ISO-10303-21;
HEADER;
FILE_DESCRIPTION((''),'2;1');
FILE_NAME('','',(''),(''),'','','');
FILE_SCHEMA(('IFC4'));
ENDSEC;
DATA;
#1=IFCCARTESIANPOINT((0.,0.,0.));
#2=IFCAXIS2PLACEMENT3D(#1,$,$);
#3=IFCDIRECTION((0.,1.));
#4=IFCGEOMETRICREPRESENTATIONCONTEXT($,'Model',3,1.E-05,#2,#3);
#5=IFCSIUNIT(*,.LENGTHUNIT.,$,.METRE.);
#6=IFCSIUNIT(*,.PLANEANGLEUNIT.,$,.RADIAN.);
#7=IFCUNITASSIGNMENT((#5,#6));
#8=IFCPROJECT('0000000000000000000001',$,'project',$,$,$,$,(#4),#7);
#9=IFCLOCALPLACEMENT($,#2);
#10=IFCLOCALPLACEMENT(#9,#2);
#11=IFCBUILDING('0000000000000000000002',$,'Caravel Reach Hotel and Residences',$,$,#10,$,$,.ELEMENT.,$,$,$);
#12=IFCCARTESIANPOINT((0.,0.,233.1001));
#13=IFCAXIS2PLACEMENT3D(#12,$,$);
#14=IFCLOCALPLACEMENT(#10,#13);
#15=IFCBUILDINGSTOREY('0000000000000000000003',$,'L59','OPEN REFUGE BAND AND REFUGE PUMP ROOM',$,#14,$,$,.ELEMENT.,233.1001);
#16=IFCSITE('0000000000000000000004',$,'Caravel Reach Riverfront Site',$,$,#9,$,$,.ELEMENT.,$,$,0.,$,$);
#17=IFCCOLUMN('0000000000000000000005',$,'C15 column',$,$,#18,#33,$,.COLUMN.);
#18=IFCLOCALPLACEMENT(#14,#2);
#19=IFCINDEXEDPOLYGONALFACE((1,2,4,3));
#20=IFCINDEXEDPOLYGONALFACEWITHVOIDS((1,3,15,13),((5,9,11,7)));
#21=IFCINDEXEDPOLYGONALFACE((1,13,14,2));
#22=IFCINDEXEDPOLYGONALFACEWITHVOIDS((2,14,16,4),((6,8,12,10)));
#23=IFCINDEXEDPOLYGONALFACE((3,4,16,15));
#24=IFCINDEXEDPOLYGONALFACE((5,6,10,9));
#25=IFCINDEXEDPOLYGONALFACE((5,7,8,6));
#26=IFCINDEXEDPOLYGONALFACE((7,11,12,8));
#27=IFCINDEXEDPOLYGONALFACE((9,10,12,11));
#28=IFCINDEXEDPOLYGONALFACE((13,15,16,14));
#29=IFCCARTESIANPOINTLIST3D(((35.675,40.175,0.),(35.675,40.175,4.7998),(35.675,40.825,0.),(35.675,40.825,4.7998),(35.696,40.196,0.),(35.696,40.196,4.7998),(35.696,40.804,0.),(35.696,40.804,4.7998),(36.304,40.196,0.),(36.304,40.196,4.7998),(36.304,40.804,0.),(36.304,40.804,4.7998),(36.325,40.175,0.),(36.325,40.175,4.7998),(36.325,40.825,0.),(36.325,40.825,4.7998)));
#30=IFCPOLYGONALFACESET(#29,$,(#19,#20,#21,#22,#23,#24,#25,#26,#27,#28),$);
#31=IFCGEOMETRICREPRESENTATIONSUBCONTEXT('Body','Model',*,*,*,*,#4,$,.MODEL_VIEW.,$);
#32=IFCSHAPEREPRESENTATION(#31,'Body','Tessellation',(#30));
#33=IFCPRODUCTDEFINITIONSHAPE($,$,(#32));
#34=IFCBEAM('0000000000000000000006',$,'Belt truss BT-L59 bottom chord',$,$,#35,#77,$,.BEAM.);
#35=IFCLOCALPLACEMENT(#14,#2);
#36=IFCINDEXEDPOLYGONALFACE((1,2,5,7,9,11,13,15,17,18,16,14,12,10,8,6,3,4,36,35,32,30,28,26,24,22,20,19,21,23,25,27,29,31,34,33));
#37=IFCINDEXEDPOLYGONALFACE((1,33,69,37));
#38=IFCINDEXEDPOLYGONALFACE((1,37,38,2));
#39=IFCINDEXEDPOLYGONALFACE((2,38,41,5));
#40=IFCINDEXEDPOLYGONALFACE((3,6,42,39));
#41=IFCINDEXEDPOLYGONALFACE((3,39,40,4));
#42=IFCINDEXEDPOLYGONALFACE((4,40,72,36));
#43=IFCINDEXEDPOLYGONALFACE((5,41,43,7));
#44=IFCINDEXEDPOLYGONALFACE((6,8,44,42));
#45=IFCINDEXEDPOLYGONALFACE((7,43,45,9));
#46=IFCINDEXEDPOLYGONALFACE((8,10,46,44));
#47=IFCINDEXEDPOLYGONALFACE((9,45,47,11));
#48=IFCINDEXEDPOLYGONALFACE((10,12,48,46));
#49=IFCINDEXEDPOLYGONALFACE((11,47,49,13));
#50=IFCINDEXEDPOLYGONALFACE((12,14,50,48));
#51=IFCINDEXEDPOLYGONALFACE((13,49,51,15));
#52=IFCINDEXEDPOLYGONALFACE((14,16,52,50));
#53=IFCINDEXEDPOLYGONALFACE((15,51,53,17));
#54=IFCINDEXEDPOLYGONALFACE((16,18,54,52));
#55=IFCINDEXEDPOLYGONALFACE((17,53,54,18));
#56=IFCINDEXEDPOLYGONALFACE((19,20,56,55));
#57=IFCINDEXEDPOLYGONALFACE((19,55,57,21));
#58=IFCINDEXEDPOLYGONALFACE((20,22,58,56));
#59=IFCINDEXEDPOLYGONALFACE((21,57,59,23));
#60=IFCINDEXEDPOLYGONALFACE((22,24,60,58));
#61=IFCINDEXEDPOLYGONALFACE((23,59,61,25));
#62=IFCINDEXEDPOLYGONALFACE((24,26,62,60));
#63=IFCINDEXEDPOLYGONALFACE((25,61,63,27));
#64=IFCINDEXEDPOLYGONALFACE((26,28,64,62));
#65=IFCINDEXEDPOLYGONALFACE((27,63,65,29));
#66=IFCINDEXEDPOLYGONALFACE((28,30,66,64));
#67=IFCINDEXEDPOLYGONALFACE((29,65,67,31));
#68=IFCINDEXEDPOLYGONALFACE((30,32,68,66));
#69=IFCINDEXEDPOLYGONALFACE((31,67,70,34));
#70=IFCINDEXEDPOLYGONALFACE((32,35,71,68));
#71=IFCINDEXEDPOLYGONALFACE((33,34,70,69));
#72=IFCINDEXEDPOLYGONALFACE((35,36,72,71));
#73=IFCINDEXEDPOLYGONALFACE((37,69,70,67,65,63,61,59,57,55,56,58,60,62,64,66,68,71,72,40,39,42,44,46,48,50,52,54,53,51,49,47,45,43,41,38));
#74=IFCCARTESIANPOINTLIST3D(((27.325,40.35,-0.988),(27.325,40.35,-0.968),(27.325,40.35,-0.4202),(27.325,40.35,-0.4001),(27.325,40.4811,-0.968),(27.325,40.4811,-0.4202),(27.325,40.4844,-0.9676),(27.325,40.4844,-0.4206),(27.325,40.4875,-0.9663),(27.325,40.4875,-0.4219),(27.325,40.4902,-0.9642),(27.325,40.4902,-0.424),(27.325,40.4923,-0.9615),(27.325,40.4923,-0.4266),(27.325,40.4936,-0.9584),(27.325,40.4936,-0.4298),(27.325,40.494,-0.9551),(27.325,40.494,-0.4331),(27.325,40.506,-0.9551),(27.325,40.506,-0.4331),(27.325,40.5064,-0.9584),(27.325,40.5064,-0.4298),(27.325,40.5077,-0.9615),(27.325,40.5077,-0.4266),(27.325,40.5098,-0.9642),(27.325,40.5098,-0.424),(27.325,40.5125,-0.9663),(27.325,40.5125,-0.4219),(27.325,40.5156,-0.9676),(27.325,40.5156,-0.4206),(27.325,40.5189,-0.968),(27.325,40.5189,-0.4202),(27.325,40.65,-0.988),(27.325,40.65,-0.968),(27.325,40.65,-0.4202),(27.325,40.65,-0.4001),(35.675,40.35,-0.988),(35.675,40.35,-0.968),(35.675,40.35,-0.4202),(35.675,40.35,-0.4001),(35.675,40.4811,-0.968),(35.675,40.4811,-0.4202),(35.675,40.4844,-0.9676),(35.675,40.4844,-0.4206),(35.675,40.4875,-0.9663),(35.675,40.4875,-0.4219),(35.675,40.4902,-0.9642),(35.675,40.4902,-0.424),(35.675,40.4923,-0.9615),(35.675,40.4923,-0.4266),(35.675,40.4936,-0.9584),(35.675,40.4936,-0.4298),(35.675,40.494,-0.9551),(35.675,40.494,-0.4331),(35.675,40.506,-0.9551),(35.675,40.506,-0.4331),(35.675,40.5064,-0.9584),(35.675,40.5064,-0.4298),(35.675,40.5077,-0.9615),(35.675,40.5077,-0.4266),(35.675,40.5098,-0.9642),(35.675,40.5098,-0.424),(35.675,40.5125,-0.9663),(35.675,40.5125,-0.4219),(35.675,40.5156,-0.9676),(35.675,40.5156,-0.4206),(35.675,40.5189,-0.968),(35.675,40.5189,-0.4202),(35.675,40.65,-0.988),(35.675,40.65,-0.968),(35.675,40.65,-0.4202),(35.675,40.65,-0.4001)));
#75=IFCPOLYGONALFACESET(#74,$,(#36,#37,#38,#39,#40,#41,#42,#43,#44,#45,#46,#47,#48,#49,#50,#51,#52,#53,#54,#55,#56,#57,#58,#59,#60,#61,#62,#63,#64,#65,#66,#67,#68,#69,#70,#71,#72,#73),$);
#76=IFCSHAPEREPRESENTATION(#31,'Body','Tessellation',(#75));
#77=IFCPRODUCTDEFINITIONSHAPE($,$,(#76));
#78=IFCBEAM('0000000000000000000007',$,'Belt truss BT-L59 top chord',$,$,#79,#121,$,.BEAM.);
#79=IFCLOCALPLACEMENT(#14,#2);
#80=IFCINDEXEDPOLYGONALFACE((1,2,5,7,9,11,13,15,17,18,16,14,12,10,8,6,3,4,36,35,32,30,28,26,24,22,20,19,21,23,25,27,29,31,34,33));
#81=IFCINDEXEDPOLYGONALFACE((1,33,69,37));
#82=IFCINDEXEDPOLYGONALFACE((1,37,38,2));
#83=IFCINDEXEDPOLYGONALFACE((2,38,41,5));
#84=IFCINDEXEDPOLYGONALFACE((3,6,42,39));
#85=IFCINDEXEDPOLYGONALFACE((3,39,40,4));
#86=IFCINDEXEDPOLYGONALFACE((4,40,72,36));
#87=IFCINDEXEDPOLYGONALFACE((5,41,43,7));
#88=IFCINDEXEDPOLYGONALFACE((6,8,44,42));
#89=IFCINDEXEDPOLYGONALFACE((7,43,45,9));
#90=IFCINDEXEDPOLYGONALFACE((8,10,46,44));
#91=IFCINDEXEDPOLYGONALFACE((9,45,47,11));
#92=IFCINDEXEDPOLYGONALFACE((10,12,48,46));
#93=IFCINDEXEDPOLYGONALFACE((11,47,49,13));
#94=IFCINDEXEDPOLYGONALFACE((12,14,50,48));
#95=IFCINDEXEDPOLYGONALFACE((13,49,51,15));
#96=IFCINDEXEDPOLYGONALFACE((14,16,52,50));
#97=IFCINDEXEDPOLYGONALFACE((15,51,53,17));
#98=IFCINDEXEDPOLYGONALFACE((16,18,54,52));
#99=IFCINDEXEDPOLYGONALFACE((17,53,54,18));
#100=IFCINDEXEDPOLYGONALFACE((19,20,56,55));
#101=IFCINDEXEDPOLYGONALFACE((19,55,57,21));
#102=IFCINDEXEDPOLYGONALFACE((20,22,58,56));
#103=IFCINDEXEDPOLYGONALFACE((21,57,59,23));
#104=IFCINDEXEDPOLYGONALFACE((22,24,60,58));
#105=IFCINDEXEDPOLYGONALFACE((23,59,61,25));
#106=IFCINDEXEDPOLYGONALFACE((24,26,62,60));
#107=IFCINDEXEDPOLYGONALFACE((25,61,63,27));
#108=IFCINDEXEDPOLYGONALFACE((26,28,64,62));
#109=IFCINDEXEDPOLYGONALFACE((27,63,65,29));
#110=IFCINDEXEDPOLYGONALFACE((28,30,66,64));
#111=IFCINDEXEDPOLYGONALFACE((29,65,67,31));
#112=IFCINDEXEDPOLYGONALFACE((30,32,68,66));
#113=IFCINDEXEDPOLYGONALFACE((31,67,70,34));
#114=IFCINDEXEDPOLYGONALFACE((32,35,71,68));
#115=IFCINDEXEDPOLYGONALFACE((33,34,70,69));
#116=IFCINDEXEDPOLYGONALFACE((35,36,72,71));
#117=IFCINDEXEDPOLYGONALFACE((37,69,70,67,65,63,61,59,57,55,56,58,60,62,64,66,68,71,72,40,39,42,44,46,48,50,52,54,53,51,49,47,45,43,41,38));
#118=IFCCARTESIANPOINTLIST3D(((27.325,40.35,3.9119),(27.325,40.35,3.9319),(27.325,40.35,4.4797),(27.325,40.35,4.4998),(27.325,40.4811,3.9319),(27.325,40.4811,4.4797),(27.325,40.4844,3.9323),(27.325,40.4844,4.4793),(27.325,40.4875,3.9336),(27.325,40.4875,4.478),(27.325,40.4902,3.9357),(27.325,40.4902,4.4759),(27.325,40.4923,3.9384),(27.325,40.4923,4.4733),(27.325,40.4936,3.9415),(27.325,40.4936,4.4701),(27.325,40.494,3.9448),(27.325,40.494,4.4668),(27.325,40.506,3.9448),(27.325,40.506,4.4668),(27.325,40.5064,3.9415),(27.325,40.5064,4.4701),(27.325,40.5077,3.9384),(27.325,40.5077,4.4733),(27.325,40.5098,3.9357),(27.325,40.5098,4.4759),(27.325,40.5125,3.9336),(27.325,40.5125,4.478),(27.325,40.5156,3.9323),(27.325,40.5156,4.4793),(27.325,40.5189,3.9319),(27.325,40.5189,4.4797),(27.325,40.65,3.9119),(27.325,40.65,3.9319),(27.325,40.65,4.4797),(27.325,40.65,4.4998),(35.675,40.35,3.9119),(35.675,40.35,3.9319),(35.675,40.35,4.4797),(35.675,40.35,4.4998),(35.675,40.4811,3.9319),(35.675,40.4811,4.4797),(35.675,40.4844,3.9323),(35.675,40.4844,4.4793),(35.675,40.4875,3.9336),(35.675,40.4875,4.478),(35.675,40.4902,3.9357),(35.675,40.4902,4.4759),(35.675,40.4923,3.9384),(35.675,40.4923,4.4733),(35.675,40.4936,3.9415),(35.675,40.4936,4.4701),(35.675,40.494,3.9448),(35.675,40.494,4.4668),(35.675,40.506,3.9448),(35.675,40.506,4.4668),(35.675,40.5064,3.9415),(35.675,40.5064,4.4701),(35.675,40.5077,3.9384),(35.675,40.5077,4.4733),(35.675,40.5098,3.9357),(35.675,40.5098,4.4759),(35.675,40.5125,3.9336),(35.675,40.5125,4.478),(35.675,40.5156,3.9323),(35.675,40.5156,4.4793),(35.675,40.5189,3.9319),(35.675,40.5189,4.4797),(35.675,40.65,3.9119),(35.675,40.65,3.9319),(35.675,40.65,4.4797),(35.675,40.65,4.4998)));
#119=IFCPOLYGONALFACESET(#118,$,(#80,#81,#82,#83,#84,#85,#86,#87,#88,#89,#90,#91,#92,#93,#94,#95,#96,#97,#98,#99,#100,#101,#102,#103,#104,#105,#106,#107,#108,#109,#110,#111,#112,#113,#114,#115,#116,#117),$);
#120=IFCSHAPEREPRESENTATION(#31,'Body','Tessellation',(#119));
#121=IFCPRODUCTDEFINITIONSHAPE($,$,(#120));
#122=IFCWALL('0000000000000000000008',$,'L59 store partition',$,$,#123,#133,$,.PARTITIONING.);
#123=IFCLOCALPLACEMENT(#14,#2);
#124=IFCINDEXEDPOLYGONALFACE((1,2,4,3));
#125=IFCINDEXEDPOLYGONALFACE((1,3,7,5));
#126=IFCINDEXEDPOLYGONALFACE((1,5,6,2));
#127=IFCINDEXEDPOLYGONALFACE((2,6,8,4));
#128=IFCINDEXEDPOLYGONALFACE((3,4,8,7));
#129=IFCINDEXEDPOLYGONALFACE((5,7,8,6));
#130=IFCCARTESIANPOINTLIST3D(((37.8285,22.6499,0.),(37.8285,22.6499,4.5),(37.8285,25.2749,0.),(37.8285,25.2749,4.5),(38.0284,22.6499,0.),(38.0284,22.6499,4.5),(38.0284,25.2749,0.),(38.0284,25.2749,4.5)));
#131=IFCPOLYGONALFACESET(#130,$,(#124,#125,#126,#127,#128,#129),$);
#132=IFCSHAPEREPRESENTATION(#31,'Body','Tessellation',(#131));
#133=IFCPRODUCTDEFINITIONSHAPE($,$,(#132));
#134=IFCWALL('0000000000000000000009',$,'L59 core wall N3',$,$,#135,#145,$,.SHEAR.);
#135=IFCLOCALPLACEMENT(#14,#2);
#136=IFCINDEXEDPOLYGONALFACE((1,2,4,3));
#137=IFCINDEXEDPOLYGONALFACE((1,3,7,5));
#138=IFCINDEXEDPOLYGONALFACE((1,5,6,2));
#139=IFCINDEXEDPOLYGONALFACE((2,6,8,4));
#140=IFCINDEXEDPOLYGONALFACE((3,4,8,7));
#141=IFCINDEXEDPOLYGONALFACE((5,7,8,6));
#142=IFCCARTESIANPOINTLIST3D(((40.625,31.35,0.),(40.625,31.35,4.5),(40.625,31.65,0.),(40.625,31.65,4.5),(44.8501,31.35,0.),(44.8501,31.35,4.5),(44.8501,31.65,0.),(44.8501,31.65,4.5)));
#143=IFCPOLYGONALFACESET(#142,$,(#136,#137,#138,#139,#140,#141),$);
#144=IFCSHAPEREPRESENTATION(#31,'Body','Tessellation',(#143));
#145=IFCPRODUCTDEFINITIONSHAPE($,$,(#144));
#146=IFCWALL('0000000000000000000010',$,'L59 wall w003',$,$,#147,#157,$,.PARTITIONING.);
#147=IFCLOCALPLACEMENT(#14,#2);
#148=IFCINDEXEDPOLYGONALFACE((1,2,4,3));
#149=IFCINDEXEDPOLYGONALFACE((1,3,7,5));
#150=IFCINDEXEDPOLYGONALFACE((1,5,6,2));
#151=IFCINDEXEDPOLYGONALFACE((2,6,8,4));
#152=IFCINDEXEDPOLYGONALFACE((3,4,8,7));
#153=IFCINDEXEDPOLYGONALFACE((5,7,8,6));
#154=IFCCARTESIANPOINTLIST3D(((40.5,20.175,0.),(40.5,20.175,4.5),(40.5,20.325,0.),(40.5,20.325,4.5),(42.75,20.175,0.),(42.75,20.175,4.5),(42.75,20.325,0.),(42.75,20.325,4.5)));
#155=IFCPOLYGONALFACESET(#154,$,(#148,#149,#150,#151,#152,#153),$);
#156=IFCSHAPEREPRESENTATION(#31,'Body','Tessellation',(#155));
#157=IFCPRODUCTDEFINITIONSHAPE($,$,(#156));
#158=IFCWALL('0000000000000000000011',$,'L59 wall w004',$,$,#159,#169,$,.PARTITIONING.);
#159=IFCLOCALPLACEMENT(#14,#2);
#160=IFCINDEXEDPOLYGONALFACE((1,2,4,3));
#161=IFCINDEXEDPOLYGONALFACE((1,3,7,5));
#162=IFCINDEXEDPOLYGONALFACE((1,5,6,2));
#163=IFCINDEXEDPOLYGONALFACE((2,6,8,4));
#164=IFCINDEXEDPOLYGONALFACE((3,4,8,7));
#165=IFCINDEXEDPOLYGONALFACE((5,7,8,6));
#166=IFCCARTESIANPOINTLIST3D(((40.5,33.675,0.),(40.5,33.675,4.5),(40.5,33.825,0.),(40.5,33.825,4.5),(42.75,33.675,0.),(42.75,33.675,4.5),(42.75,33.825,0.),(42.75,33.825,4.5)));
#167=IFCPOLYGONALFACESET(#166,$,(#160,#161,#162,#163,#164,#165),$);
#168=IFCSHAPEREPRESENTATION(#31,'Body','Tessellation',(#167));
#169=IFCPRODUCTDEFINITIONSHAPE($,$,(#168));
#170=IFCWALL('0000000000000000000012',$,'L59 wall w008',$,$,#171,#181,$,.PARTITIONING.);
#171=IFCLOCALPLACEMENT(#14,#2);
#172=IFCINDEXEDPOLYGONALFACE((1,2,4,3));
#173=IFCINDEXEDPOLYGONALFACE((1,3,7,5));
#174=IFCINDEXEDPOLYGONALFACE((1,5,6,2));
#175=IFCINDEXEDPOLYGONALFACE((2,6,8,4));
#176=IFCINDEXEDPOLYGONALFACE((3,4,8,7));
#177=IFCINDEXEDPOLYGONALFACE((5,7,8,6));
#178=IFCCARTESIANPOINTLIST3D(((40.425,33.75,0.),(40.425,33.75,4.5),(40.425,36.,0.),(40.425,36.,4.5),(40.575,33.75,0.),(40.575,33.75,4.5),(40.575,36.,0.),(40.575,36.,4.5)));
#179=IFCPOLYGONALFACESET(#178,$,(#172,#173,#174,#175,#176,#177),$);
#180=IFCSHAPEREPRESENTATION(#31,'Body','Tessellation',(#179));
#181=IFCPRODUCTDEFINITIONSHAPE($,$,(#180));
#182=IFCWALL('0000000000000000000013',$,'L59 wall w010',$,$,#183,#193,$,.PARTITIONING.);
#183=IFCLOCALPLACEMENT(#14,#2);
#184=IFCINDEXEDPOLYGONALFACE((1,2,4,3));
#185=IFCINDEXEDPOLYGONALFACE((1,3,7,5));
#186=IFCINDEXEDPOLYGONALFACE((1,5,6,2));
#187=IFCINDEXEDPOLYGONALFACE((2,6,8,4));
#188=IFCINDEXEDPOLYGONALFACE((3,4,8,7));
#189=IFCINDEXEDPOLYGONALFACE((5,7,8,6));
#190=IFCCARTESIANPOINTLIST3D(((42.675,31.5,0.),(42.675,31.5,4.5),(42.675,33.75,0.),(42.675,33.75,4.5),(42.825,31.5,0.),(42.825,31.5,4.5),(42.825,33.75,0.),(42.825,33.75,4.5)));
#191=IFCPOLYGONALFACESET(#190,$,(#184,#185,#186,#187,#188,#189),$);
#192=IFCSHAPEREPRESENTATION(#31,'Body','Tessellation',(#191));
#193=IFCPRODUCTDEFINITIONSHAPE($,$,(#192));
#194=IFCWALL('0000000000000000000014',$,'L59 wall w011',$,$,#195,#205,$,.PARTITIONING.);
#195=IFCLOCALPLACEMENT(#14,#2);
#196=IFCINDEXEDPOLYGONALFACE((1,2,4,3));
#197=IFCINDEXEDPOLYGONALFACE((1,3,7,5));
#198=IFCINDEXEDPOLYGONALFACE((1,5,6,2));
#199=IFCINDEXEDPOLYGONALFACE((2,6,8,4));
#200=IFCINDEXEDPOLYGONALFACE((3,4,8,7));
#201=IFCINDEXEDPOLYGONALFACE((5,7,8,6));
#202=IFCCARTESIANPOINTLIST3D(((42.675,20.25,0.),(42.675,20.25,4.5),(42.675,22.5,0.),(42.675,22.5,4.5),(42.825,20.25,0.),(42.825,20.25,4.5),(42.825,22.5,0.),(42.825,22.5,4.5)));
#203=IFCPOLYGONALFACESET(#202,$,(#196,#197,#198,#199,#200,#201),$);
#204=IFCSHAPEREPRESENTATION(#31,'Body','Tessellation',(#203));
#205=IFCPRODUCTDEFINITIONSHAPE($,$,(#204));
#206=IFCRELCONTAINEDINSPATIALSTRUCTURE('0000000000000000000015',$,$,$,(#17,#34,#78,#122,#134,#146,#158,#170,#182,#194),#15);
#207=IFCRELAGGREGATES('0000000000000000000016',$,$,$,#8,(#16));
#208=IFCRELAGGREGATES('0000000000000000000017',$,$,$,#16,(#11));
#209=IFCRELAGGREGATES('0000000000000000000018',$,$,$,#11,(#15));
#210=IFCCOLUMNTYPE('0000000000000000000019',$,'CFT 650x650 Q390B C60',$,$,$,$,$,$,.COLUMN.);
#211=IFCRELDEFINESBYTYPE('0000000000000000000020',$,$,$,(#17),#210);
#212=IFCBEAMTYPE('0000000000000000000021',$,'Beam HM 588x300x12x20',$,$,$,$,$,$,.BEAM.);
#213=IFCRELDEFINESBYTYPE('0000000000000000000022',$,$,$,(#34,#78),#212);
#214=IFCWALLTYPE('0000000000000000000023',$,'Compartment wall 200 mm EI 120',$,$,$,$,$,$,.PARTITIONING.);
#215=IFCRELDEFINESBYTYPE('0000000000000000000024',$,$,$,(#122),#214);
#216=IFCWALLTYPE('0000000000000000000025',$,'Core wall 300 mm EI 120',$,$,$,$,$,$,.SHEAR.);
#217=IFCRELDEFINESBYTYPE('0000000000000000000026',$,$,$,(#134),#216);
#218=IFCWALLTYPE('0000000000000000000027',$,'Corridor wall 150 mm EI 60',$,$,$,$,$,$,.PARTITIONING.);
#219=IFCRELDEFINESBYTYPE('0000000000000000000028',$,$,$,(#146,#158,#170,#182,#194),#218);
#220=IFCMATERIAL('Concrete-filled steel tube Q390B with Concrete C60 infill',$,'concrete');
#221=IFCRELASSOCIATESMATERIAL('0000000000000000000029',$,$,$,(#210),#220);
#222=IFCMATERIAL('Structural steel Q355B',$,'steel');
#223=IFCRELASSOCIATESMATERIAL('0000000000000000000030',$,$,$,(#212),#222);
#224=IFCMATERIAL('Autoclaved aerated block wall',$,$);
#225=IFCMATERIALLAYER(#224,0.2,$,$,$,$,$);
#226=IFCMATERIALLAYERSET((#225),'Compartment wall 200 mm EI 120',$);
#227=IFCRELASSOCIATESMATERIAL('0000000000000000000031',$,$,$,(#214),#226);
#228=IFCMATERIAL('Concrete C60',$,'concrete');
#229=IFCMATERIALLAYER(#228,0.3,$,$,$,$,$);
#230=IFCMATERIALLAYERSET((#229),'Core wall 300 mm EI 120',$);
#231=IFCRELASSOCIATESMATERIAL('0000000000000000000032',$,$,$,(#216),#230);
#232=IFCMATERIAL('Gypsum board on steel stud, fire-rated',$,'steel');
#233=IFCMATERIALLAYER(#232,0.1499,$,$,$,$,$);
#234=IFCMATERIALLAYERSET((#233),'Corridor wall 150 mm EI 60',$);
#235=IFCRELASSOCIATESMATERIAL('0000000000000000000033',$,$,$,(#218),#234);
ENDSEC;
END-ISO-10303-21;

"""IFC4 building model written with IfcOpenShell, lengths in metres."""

from ifc_helpers import new_model, si_unit, direction, frame, frame_2d, origin, origin_2d, place, context, subcontext, project, spatial, rectangle, hollow_rectangle, i_section, extrude, material, layer, layer_set, material_profile, profile_set, type_object, element, save


model = new_model("IFC4")

# Units and contexts
model_context = context("Model", 3, precision=1e-05, world=origin(), true_north=direction((0.0, 1.0)))
body_context = subcontext(model_context, "Body", "Model", "MODEL_VIEW")
ifc_project = project(units=[si_unit("LENGTHUNIT", "METRE"), si_unit("PLANEANGLEUNIT", "RADIAN")], contexts=[model_context])

# Site, building, storey
site_placement = place(None, origin())
site = spatial("IfcSite", under=ifc_project, at=site_placement, Name="Caravel Reach Riverfront Site", CompositionType="ELEMENT", RefElevation=0.0)
building_placement = place(site_placement, origin())
building = spatial("IfcBuilding", under=site, at=building_placement, Name="Caravel Reach Hotel and Residences", CompositionType="ELEMENT")
storey_placement = place(building_placement, frame((0.0, 0.0, 233.1001)))
storey = spatial("IfcBuildingStorey", under=building, at=storey_placement, Name="L59", Description="OPEN REFUGE BAND AND REFUGE PUMP ROOM", CompositionType="ELEMENT", Elevation=233.1001)

# Column
ifc_material_1 = material(Name="Concrete-filled steel tube Q390B with Concrete C60 infill", Category="concrete")
ifc_material_profile_1 = material_profile(ifc_material_1, hollow_rectangle(XDim=0.6499, YDim=0.6499, WallThickness=0.021, at=origin_2d()), Name="RHS 650x650x21")
ifc_profile_set_1 = profile_set([ifc_material_profile_1], Name="Concrete-filled steel tube Q390B with Concrete C60 infill")
column_type = type_object("IfcColumnType", Name="CFT 650x650 Q390B C60", PredefinedType="COLUMN", material=ifc_profile_set_1)
column_placement = place(storey_placement, frame((36.0, 40.5, 0.0), z_axis=(0.0, 0.0, 1.0), x_axis=(1.0, 0.0, 0.0)))
element("IfcColumn", 1, at=column_placement, inside=storey, type_object=column_type, Name="C15 column", PredefinedType="COLUMN", context=body_context, shape_type="SweptSolid", body=[
    extrude(hollow_rectangle(XDim=0.6499, YDim=0.6499, WallThickness=0.021, at=origin_2d()), origin(), (0.0, 0.0, 1.0), 4.7998),
])

# Beams
ifc_material_2 = material(Name="Structural steel Q355B", Category="steel")
ifc_material_profile_2 = material_profile(ifc_material_2, i_section(OverallWidth=0.3, OverallDepth=0.5879, WebThickness=0.012, FlangeThickness=0.02, FilletRadius=0.0129, at=origin_2d()), Name="HM 588x300x12x20")
ifc_profile_set_2 = profile_set([ifc_material_profile_2], Name="Structural steel Q355B")
beam_type = type_object("IfcBeamType", Name="Beam HM 588x300x12x20", PredefinedType="BEAM", material=ifc_profile_set_2)
for number, where, z_axis, x_axis, name in (
    (2, (35.675, 40.5, -0.6941), (-1.0, 0.0, 0.0), (0.0, -1.0, 0.0), "Belt truss BT-L59 bottom chord"),
    (3, (35.675, 40.5, 4.2058), (-1.0, 0.0, 0.0), (0.0, -1.0, 0.0), "Belt truss BT-L59 top chord"),
):
    element("IfcBeam", number, at=place(storey_placement, frame(where, z_axis=z_axis, x_axis=x_axis)), inside=storey, type_object=beam_type, Name=name, PredefinedType="BEAM", context=body_context, shape_type="SweptSolid", body=[
        extrude(i_section(OverallWidth=0.3, OverallDepth=0.5879, WebThickness=0.012, FlangeThickness=0.02, FilletRadius=0.0129, at=origin_2d()), origin(), (0.0, 0.0, 1.0), 8.3501),
    ])

# Walls
ifc_material_3 = material(Name="Autoclaved aerated block wall")
ifc_layer_1 = layer(ifc_material_3, 0.2)
ifc_layer_set_1 = layer_set([ifc_layer_1], Name="Compartment wall 200 mm EI 120")
wall_type_1 = type_object("IfcWallType", Name="Compartment wall 200 mm EI 120", PredefinedType="PARTITIONING", material=ifc_layer_set_1)
wall_1_placement = place(storey_placement, frame((37.9285, 22.6499, 0.0), z_axis=(0.0, 0.0, 1.0), x_axis=(0.0, 1.0, 0.0)))
element("IfcWall", 4, at=wall_1_placement, inside=storey, type_object=wall_type_1, Name="L59 store partition", PredefinedType="PARTITIONING", context=body_context, shape_type="SweptSolid", body=[
    extrude(rectangle(XDim=2.625, YDim=0.2, at=frame_2d((1.3125, 0.0))), origin(), (0.0, 0.0, 1.0), 4.5),
])
ifc_material_4 = material(Name="Concrete C60", Category="concrete")
ifc_layer_2 = layer(ifc_material_4, 0.3)
ifc_layer_set_2 = layer_set([ifc_layer_2], Name="Core wall 300 mm EI 120")
wall_type_2 = type_object("IfcWallType", Name="Core wall 300 mm EI 120", PredefinedType="SHEAR", material=ifc_layer_set_2)
wall_2_placement = place(storey_placement, frame((40.625, 31.5, 0.0), z_axis=(0.0, 0.0, 1.0), x_axis=(1.0, 0.0, 0.0)))
element("IfcWall", 5, at=wall_2_placement, inside=storey, type_object=wall_type_2, Name="L59 core wall N3", PredefinedType="SHEAR", context=body_context, shape_type="SweptSolid", body=[
    extrude(rectangle(XDim=4.2251, YDim=0.3, at=frame_2d((2.1125, 0.0))), origin(), (0.0, 0.0, 1.0), 4.5),
])
ifc_material_5 = material(Name="Gypsum board on steel stud, fire-rated", Category="steel")
ifc_layer_3 = layer(ifc_material_5, 0.1499)
ifc_layer_set_3 = layer_set([ifc_layer_3], Name="Corridor wall 150 mm EI 60")
wall_type_3 = type_object("IfcWallType", Name="Corridor wall 150 mm EI 60", PredefinedType="PARTITIONING", material=ifc_layer_set_3)
for number, where, z_axis, x_axis, name in (
    (6, (40.5, 20.25, 0.0), (0.0, 0.0, 1.0), (1.0, 0.0, 0.0), "L59 wall w003"),
    (7, (40.5, 33.75, 0.0), (0.0, 0.0, 1.0), (1.0, 0.0, 0.0), "L59 wall w004"),
    (8, (40.5, 33.75, 0.0), (0.0, 0.0, 1.0), (0.0, 1.0, 0.0), "L59 wall w008"),
    (9, (42.75, 31.5, 0.0), (0.0, 0.0, 1.0), (0.0, 1.0, 0.0), "L59 wall w010"),
    (10, (42.75, 20.25, 0.0), (0.0, 0.0, 1.0), (0.0, 1.0, 0.0), "L59 wall w011"),
):
    element("IfcWall", number, at=place(storey_placement, frame(where, z_axis=z_axis, x_axis=x_axis)), inside=storey, type_object=wall_type_3, Name=name, PredefinedType="PARTITIONING", context=body_context, shape_type="SweptSolid", body=[
        extrude(rectangle(XDim=2.25, YDim=0.1499, at=frame_2d((1.125, 0.0))), origin(), (0.0, 0.0, 1.0), 4.5),
    ])

save(model, "model.ifc")
